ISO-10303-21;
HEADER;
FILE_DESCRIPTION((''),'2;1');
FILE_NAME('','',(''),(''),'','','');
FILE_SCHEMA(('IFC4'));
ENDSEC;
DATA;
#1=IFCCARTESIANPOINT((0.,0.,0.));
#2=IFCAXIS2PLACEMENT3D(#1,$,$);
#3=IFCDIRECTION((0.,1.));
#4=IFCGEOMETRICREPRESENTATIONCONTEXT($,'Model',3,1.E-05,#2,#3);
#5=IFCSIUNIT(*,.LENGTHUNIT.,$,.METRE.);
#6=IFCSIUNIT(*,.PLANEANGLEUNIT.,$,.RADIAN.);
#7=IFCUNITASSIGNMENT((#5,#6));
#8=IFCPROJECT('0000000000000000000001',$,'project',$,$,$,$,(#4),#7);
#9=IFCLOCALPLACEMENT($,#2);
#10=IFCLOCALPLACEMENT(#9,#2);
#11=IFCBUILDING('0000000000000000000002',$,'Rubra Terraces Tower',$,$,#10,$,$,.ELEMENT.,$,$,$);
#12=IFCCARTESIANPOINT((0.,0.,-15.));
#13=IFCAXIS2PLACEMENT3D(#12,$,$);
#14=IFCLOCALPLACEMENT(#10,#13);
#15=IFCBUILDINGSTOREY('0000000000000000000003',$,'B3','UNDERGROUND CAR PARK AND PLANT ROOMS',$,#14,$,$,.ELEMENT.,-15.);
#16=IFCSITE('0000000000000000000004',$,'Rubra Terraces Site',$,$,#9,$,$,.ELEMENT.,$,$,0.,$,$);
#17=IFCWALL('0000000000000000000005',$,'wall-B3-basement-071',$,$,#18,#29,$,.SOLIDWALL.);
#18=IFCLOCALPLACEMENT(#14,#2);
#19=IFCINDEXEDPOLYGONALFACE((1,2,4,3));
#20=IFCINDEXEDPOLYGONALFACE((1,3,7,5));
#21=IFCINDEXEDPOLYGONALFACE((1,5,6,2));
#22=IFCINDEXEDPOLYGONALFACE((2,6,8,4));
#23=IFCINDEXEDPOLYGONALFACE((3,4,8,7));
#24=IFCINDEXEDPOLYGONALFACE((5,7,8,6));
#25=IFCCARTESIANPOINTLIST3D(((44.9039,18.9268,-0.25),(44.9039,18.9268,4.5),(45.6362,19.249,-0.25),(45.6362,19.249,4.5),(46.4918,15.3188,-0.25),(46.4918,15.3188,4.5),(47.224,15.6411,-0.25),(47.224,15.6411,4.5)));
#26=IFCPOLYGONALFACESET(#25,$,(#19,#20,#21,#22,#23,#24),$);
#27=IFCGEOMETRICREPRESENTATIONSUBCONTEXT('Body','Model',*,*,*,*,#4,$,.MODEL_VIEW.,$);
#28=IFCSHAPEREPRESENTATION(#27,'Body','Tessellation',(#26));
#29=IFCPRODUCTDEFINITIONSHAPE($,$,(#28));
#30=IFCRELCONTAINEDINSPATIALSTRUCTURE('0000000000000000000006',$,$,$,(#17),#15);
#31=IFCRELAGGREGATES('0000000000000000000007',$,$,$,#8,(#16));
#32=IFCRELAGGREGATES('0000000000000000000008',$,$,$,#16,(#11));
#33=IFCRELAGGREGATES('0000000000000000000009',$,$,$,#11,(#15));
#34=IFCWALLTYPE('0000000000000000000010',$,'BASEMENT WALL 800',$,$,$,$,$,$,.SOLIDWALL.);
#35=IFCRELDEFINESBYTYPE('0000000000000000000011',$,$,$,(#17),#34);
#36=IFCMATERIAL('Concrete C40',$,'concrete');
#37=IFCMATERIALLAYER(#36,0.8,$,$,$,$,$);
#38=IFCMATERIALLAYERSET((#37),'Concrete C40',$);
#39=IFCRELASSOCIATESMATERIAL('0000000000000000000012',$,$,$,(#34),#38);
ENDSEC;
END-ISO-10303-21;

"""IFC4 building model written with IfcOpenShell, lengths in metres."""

from ifc_helpers import new_model, si_unit, direction, frame, frame_2d, origin, place, context, subcontext, project, spatial, rectangle, extrude, material, layer, layer_set, type_object, element, save


model = new_model("IFC4")

# Units and contexts
model_context = context("Model", 3, precision=1e-05, world=origin(), true_north=direction((0.0, 1.0)))
body_context = subcontext(model_context, "Body", "Model", "MODEL_VIEW")
ifc_project = project(units=[si_unit("LENGTHUNIT", "METRE"), si_unit("PLANEANGLEUNIT", "RADIAN")], contexts=[model_context])

# Site, building, storey
site_placement = place(None, origin())
site = spatial("IfcSite", under=ifc_project, at=site_placement, Name="Rubra Terraces Site", CompositionType="ELEMENT", RefElevation=0.0)
building_placement = place(site_placement, origin())
building = spatial("IfcBuilding", under=site, at=building_placement, Name="Rubra Terraces Tower", CompositionType="ELEMENT")
storey_placement = place(building_placement, frame((0.0, 0.0, -15.0)))
storey = spatial("IfcBuildingStorey", under=building, at=storey_placement, Name="B3", Description="UNDERGROUND CAR PARK AND PLANT ROOMS", CompositionType="ELEMENT", Elevation=-15.0)

# Shared definitions
ifc_material_1 = material(Name="Concrete C40", Category="concrete")

# Wall
ifc_layer = layer(ifc_material_1, 0.8)
ifc_layer_set = layer_set([ifc_layer], Name="Concrete C40")
wall_type = type_object("IfcWallType", Name="BASEMENT WALL 800", PredefinedType="SOLIDWALL", material=ifc_layer_set)
wall_1_placement = place(storey_placement, frame((45.27, 19.0879, -0.25), z_axis=(0.0, 0.0, 1.0), x_axis=(0.402826, -0.915277, 0.0)))
element("IfcWall", 1, at=wall_1_placement, inside=storey, type_object=wall_type, Name="wall-B3-basement-071", PredefinedType="SOLIDWALL", context=body_context, shape_type="SweptSolid", body=[
    extrude(rectangle(XDim=3.9419, YDim=0.8, at=frame_2d((1.9709, 0.0))), origin(), (0.0, 0.0, 1.0), 4.75),
])

save(model, "model.ifc")
